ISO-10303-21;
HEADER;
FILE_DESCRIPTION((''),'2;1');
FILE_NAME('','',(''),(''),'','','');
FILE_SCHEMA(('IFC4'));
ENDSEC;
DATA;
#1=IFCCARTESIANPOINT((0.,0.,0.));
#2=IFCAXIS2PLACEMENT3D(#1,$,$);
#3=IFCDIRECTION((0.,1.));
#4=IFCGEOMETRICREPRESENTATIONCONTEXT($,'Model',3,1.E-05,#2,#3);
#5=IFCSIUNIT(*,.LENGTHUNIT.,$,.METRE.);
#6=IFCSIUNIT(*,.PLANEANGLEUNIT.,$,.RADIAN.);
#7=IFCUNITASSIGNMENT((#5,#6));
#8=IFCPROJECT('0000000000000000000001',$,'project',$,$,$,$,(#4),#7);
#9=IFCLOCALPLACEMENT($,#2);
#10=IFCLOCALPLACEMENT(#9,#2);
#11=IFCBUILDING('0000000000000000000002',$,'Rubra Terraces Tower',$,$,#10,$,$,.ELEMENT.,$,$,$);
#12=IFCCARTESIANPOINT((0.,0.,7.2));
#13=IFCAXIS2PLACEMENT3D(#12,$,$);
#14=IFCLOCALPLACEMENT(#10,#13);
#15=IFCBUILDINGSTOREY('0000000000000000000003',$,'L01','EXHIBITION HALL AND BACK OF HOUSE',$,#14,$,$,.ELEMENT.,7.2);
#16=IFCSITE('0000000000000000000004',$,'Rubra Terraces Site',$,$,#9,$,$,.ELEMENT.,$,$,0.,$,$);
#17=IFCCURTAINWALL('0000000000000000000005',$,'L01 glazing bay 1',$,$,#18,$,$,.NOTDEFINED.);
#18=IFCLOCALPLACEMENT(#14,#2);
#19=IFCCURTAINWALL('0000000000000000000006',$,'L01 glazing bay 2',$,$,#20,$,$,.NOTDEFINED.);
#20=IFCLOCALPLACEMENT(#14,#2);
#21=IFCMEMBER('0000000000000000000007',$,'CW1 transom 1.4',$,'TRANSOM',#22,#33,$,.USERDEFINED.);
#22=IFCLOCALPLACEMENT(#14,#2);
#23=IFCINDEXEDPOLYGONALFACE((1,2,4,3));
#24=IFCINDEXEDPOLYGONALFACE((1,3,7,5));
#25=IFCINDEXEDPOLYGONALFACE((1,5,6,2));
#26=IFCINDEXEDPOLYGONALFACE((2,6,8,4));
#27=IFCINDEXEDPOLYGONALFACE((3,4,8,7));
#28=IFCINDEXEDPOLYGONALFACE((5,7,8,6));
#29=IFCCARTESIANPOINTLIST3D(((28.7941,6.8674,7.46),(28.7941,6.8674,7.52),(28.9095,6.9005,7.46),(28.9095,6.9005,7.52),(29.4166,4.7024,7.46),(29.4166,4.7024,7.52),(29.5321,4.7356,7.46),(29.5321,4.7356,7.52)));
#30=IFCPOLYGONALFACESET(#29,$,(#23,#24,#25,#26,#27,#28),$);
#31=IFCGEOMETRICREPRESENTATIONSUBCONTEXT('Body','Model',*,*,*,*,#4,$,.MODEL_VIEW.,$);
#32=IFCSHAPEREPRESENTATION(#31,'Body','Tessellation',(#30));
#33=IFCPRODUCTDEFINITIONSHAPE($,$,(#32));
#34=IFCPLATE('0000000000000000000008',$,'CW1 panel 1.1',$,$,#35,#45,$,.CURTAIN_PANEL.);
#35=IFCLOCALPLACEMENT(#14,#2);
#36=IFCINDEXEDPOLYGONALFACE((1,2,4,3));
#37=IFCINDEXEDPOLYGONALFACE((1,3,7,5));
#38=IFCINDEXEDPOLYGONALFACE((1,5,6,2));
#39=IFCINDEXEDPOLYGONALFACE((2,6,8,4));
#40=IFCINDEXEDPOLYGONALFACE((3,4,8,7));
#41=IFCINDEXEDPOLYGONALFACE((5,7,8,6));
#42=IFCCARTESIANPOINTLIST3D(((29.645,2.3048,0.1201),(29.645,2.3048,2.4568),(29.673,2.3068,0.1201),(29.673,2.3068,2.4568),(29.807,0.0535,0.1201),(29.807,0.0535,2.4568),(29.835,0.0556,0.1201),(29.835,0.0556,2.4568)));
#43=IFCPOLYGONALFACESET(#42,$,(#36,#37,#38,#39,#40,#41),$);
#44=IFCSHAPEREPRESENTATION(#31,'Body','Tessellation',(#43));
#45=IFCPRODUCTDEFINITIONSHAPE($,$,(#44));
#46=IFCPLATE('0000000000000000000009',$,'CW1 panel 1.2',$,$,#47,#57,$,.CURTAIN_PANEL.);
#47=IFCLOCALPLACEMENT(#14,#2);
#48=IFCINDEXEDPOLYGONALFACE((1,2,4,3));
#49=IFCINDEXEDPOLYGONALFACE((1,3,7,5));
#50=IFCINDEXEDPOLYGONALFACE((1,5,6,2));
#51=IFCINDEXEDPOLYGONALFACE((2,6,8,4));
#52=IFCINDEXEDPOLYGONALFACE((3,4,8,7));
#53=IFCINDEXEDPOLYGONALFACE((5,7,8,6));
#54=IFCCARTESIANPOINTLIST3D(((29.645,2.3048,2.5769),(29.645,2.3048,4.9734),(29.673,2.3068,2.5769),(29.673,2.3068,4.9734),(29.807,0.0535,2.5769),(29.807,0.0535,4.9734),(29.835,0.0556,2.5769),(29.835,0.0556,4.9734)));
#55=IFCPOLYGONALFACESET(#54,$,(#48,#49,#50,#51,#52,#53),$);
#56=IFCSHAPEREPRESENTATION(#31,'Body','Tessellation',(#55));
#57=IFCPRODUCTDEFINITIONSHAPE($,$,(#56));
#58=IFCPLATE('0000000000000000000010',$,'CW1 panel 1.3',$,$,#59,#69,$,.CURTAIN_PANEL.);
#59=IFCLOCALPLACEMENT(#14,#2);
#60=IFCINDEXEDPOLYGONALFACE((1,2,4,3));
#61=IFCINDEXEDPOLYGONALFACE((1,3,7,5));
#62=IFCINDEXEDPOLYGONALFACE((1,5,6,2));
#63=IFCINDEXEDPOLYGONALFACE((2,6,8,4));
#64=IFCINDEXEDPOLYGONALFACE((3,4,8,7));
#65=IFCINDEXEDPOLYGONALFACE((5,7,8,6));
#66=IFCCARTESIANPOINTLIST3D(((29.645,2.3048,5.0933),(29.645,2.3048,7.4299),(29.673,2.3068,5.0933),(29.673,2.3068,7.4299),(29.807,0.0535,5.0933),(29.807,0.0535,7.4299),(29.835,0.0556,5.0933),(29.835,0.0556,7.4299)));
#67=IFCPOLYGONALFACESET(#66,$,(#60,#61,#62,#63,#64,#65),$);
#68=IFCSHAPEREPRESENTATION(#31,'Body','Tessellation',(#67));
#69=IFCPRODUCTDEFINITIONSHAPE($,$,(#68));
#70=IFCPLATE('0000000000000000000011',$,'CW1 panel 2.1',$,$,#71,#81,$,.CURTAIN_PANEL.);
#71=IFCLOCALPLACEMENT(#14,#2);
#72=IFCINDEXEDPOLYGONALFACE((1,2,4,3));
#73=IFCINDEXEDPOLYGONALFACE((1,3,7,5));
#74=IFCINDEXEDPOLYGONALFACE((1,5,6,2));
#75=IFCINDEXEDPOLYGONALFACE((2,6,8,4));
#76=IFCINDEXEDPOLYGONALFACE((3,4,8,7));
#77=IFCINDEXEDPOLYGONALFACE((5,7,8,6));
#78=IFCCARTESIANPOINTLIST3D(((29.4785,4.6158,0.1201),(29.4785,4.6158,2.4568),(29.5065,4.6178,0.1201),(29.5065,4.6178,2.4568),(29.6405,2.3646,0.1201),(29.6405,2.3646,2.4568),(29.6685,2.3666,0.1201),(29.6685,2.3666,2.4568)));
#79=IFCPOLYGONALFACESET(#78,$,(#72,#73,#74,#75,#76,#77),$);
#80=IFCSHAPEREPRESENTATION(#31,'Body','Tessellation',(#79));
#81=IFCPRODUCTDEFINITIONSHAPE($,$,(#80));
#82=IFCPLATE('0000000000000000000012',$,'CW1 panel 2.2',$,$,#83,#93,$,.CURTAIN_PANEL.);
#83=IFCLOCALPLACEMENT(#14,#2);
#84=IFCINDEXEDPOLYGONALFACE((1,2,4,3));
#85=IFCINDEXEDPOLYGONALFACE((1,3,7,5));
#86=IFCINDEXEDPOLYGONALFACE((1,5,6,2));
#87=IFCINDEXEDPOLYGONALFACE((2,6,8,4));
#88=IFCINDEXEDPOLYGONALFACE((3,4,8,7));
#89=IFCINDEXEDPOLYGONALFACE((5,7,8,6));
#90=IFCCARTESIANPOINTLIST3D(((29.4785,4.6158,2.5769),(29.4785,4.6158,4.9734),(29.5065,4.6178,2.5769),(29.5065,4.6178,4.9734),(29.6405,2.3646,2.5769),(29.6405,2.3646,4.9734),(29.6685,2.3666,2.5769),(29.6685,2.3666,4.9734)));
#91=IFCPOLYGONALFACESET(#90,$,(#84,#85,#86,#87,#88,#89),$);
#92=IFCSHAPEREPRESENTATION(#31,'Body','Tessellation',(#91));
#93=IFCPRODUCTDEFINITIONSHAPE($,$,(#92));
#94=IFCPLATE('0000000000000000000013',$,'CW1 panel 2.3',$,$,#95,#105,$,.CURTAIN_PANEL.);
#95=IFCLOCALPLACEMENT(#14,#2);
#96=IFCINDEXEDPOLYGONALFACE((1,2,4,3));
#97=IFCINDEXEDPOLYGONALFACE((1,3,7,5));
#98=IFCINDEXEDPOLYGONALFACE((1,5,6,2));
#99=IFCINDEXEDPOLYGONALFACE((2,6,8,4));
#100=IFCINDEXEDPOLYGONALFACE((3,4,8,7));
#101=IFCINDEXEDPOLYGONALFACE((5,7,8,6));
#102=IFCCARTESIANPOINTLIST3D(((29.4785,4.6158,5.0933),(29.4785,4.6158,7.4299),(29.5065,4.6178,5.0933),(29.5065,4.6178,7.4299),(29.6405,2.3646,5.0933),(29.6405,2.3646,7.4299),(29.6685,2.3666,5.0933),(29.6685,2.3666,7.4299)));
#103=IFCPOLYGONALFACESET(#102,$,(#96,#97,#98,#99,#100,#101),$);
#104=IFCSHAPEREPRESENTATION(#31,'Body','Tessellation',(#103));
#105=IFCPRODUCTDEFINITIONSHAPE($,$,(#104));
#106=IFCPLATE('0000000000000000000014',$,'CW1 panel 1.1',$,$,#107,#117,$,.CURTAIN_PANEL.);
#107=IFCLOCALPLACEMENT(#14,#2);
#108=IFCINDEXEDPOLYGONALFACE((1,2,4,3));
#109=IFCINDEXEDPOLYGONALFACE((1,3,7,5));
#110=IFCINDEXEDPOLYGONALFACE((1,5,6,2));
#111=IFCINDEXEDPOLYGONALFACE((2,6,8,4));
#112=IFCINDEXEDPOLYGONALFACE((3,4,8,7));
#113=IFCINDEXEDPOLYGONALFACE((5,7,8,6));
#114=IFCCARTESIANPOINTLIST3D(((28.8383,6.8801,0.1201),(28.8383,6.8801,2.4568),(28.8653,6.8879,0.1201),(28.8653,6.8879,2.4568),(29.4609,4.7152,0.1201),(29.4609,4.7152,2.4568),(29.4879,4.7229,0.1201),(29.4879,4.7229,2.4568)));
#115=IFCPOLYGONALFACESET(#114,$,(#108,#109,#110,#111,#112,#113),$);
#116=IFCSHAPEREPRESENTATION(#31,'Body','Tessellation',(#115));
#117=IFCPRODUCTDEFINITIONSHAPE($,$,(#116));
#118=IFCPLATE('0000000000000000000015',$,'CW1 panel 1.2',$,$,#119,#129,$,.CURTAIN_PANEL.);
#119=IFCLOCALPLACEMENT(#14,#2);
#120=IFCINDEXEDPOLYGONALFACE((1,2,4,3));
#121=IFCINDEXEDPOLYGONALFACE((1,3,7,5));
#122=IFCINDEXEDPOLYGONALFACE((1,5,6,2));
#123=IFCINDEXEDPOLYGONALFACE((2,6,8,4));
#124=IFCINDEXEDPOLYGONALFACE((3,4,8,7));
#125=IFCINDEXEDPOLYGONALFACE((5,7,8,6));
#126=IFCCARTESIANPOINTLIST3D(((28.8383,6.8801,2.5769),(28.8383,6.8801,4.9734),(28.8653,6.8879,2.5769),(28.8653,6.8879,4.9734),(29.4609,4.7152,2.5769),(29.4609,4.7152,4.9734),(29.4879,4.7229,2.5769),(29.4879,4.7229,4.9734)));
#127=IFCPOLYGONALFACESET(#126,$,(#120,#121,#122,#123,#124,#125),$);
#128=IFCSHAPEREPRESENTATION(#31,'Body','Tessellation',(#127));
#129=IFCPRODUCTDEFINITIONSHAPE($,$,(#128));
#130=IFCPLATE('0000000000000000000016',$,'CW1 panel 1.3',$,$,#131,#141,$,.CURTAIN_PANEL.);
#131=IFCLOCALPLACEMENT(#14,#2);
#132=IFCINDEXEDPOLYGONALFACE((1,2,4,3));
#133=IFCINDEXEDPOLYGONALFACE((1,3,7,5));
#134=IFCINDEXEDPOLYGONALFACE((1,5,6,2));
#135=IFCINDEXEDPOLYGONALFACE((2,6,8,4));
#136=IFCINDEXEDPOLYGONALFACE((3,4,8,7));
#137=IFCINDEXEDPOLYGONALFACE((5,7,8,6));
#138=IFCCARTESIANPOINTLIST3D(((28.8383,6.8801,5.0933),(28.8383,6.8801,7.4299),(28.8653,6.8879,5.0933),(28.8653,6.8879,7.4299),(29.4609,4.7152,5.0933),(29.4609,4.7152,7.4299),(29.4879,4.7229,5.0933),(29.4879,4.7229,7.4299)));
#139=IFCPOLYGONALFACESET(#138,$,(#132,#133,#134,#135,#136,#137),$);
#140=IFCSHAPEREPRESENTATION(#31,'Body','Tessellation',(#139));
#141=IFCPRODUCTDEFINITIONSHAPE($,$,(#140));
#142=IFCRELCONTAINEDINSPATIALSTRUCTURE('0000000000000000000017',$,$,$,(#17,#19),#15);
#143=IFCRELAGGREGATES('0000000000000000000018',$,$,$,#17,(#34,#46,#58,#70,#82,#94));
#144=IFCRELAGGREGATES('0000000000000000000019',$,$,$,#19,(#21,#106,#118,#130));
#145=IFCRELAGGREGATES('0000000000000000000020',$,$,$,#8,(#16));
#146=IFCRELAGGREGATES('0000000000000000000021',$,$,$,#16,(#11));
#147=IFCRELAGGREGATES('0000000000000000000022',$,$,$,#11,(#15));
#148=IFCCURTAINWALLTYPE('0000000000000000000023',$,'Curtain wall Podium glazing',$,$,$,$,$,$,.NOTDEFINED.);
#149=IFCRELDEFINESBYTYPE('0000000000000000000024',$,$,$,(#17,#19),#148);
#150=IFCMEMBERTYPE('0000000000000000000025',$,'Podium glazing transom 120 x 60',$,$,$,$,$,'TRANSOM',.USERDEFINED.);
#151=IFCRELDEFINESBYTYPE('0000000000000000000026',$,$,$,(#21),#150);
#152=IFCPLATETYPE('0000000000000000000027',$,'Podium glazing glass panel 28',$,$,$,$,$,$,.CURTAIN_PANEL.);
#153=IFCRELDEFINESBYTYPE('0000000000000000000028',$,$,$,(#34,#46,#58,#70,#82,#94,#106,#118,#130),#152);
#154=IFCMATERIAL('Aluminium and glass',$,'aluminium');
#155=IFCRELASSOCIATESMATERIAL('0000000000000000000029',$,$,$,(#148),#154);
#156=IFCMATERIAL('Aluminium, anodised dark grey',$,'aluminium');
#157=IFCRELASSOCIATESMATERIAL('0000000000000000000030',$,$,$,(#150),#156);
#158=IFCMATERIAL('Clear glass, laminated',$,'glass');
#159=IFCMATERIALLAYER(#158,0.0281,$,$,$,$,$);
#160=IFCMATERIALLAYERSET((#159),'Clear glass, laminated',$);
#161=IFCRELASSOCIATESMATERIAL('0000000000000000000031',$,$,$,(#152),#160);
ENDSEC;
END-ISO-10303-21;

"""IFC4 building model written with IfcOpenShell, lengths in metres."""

from ifc_helpers import new_model, si_unit, direction, frame, origin, origin_2d, place, context, subcontext, project, spatial, rectangle, extrude, material, layer, layer_set, material_profile, profile_set, type_object, element, aggregate, save


model = new_model("IFC4")

# Units and contexts
model_context = context("Model", 3, precision=1e-05, world=origin(), true_north=direction((0.0, 1.0)))
body_context = subcontext(model_context, "Body", "Model", "MODEL_VIEW")
ifc_project = project(units=[si_unit("LENGTHUNIT", "METRE"), si_unit("PLANEANGLEUNIT", "RADIAN")], contexts=[model_context])

# Site, building, storey
site_placement = place(None, origin())
site = spatial("IfcSite", under=ifc_project, at=site_placement, Name="Rubra Terraces Site", CompositionType="ELEMENT", RefElevation=0.0)
building_placement = place(site_placement, origin())
building = spatial("IfcBuilding", under=site, at=building_placement, Name="Rubra Terraces Tower", CompositionType="ELEMENT")
storey_placement = place(building_placement, frame((0.0, 0.0, 7.2)))
storey = spatial("IfcBuildingStorey", under=building, at=storey_placement, Name="L01", Description="EXHIBITION HALL AND BACK OF HOUSE", CompositionType="ELEMENT", Elevation=7.2)

# Curtain wall
ifc_material_1 = material(Name="Aluminium and glass", Category="aluminium")
curtain_wall_type = type_object("IfcCurtainWallType", Name="Curtain wall Podium glazing", PredefinedType="NOTDEFINED", material=ifc_material_1)
curtain_wall_1_placement = place(storey_placement, origin())
curtain_wall_1 = element("IfcCurtainWall", 1, at=curtain_wall_1_placement, inside=storey, type_object=curtain_wall_type, Name="L01 glazing bay 1", PredefinedType="NOTDEFINED")
ifc_material_2 = material(Name="Aluminium, anodised dark grey", Category="aluminium")

# Curtain wall
curtain_wall_2_placement = place(storey_placement, origin())
curtain_wall_2 = element("IfcCurtainWall", 2, at=curtain_wall_2_placement, inside=storey, type_object=curtain_wall_type, Name="L01 glazing bay 2", PredefinedType="NOTDEFINED")

# Member
ifc_material_profile_1 = material_profile(ifc_material_2, rectangle(XDim=0.1201, YDim=0.0601, at=origin_2d()), Name="AL 120x60")
ifc_profile_set_1 = profile_set([ifc_material_profile_1], Name="Aluminium, anodised dark grey")
member_type_1 = type_object("IfcMemberType", Name="Podium glazing transom 120 x 60", ElementType="TRANSOM", PredefinedType="USERDEFINED", material=ifc_profile_set_1)
member_1_placement = place(storey_placement, frame((29.4744, 4.719, 7.49), z_axis=(-0.276352, 0.961056, 0.0), x_axis=(-0.961056, -0.276352, 0.0)))
member_1 = element("IfcMember", 3, at=member_1_placement, type_object=member_type_1, Name="CW1 transom 1.4", ObjectType="TRANSOM", PredefinedType="USERDEFINED", context=body_context, shape_type="SweptSolid", body=[
    extrude(rectangle(XDim=0.1201, YDim=0.0601, at=origin_2d()), origin(), (0.0, 0.0, 1.0), 2.2527),
])

# Plates
ifc_material_3 = material(Name="Clear glass, laminated", Category="glass")
ifc_layer = layer(ifc_material_3, 0.0281)
ifc_layer_set = layer_set([ifc_layer], Name="Clear glass, laminated")
plate_type = type_object("IfcPlateType", Name="Podium glazing glass panel 28", PredefinedType="CURTAIN_PANEL", material=ifc_layer_set)
plate_1_placement = place(storey_placement, frame((29.74, 1.1802, 0.1201), z_axis=(0.0, 0.0, 1.0), x_axis=(-0.071792, 0.99742, 0.0)))
plate_1 = element("IfcPlate", 4, at=plate_1_placement, type_object=plate_type, Name="CW1 panel 1.1", PredefinedType="CURTAIN_PANEL", context=body_context, shape_type="SweptSolid", body=[
    extrude(rectangle(XDim=2.2571, YDim=0.0281, at=origin_2d()), origin(), (0.0, 0.0, 1.0), 2.3367),
])
plate_2_placement = place(storey_placement, frame((29.74, 1.1802, 2.5769), z_axis=(0.0, 0.0, 1.0), x_axis=(-0.071792, 0.99742, 0.0)))
plate_2 = element("IfcPlate", 5, at=plate_2_placement, type_object=plate_type, Name="CW1 panel 1.2", PredefinedType="CURTAIN_PANEL", context=body_context, shape_type="SweptSolid", body=[
    extrude(rectangle(XDim=2.2571, YDim=0.0281, at=origin_2d()), origin(), (0.0, 0.0, 1.0), 2.3965),
])
plate_3_placement = place(storey_placement, frame((29.74, 1.1802, 5.0933), z_axis=(0.0, 0.0, 1.0), x_axis=(-0.071792, 0.99742, 0.0)))
plate_3 = element("IfcPlate", 6, at=plate_3_placement, type_object=plate_type, Name="CW1 panel 1.3", PredefinedType="CURTAIN_PANEL", context=body_context, shape_type="SweptSolid", body=[
    extrude(rectangle(XDim=2.2571, YDim=0.0281, at=origin_2d()), origin(), (0.0, 0.0, 1.0), 2.3367),
])
plate_4_placement = place(storey_placement, frame((29.5735, 3.4912, 0.1201), z_axis=(0.0, 0.0, 1.0), x_axis=(-0.071792, 0.99742, 0.0)))
plate_4 = element("IfcPlate", 7, at=plate_4_placement, type_object=plate_type, Name="CW1 panel 2.1", PredefinedType="CURTAIN_PANEL", context=body_context, shape_type="SweptSolid", body=[
    extrude(rectangle(XDim=2.2571, YDim=0.0281, at=origin_2d()), origin(), (0.0, 0.0, 1.0), 2.3367),
])
plate_5_placement = place(storey_placement, frame((29.5735, 3.4912, 2.5769), z_axis=(0.0, 0.0, 1.0), x_axis=(-0.071792, 0.99742, 0.0)))
plate_5 = element("IfcPlate", 8, at=plate_5_placement, type_object=plate_type, Name="CW1 panel 2.2", PredefinedType="CURTAIN_PANEL", context=body_context, shape_type="SweptSolid", body=[
    extrude(rectangle(XDim=2.2571, YDim=0.0281, at=origin_2d()), origin(), (0.0, 0.0, 1.0), 2.3965),
])
plate_6_placement = place(storey_placement, frame((29.5735, 3.4912, 5.0933), z_axis=(0.0, 0.0, 1.0), x_axis=(-0.071792, 0.99742, 0.0)))
plate_6 = element("IfcPlate", 9, at=plate_6_placement, type_object=plate_type, Name="CW1 panel 2.3", PredefinedType="CURTAIN_PANEL", context=body_context, shape_type="SweptSolid", body=[
    extrude(rectangle(XDim=2.2571, YDim=0.0281, at=origin_2d()), origin(), (0.0, 0.0, 1.0), 2.3367),
])
aggregate(curtain_wall_1, [plate_1, plate_2, plate_3, plate_4, plate_5, plate_6])
plate_7_placement = place(storey_placement, frame((29.1631, 5.8015, 0.1201), z_axis=(0.0, 0.0, 1.0), x_axis=(-0.276384, 0.961047, 0.0)))
plate_7 = element("IfcPlate", 10, at=plate_7_placement, type_object=plate_type, Name="CW1 panel 1.1", PredefinedType="CURTAIN_PANEL", context=body_context, shape_type="SweptSolid", body=[
    extrude(rectangle(XDim=2.2527, YDim=0.0281, at=origin_2d()), origin(), (0.0, 0.0, 1.0), 2.3367),
])
plate_8_placement = place(storey_placement, frame((29.1631, 5.8015, 2.5769), z_axis=(0.0, 0.0, 1.0), x_axis=(-0.276384, 0.961047, 0.0)))
plate_8 = element("IfcPlate", 11, at=plate_8_placement, type_object=plate_type, Name="CW1 panel 1.2", PredefinedType="CURTAIN_PANEL", context=body_context, shape_type="SweptSolid", body=[
    extrude(rectangle(XDim=2.2527, YDim=0.0281, at=origin_2d()), origin(), (0.0, 0.0, 1.0), 2.3965),
])
plate_9_placement = place(storey_placement, frame((29.1631, 5.8015, 5.0933), z_axis=(0.0, 0.0, 1.0), x_axis=(-0.276384, 0.961047, 0.0)))
plate_9 = element("IfcPlate", 12, at=plate_9_placement, type_object=plate_type, Name="CW1 panel 1.3", PredefinedType="CURTAIN_PANEL", context=body_context, shape_type="SweptSolid", body=[
    extrude(rectangle(XDim=2.2527, YDim=0.0281, at=origin_2d()), origin(), (0.0, 0.0, 1.0), 2.3367),
])
aggregate(curtain_wall_2, [member_1, plate_7, plate_8, plate_9])

save(model, "model.ifc")
